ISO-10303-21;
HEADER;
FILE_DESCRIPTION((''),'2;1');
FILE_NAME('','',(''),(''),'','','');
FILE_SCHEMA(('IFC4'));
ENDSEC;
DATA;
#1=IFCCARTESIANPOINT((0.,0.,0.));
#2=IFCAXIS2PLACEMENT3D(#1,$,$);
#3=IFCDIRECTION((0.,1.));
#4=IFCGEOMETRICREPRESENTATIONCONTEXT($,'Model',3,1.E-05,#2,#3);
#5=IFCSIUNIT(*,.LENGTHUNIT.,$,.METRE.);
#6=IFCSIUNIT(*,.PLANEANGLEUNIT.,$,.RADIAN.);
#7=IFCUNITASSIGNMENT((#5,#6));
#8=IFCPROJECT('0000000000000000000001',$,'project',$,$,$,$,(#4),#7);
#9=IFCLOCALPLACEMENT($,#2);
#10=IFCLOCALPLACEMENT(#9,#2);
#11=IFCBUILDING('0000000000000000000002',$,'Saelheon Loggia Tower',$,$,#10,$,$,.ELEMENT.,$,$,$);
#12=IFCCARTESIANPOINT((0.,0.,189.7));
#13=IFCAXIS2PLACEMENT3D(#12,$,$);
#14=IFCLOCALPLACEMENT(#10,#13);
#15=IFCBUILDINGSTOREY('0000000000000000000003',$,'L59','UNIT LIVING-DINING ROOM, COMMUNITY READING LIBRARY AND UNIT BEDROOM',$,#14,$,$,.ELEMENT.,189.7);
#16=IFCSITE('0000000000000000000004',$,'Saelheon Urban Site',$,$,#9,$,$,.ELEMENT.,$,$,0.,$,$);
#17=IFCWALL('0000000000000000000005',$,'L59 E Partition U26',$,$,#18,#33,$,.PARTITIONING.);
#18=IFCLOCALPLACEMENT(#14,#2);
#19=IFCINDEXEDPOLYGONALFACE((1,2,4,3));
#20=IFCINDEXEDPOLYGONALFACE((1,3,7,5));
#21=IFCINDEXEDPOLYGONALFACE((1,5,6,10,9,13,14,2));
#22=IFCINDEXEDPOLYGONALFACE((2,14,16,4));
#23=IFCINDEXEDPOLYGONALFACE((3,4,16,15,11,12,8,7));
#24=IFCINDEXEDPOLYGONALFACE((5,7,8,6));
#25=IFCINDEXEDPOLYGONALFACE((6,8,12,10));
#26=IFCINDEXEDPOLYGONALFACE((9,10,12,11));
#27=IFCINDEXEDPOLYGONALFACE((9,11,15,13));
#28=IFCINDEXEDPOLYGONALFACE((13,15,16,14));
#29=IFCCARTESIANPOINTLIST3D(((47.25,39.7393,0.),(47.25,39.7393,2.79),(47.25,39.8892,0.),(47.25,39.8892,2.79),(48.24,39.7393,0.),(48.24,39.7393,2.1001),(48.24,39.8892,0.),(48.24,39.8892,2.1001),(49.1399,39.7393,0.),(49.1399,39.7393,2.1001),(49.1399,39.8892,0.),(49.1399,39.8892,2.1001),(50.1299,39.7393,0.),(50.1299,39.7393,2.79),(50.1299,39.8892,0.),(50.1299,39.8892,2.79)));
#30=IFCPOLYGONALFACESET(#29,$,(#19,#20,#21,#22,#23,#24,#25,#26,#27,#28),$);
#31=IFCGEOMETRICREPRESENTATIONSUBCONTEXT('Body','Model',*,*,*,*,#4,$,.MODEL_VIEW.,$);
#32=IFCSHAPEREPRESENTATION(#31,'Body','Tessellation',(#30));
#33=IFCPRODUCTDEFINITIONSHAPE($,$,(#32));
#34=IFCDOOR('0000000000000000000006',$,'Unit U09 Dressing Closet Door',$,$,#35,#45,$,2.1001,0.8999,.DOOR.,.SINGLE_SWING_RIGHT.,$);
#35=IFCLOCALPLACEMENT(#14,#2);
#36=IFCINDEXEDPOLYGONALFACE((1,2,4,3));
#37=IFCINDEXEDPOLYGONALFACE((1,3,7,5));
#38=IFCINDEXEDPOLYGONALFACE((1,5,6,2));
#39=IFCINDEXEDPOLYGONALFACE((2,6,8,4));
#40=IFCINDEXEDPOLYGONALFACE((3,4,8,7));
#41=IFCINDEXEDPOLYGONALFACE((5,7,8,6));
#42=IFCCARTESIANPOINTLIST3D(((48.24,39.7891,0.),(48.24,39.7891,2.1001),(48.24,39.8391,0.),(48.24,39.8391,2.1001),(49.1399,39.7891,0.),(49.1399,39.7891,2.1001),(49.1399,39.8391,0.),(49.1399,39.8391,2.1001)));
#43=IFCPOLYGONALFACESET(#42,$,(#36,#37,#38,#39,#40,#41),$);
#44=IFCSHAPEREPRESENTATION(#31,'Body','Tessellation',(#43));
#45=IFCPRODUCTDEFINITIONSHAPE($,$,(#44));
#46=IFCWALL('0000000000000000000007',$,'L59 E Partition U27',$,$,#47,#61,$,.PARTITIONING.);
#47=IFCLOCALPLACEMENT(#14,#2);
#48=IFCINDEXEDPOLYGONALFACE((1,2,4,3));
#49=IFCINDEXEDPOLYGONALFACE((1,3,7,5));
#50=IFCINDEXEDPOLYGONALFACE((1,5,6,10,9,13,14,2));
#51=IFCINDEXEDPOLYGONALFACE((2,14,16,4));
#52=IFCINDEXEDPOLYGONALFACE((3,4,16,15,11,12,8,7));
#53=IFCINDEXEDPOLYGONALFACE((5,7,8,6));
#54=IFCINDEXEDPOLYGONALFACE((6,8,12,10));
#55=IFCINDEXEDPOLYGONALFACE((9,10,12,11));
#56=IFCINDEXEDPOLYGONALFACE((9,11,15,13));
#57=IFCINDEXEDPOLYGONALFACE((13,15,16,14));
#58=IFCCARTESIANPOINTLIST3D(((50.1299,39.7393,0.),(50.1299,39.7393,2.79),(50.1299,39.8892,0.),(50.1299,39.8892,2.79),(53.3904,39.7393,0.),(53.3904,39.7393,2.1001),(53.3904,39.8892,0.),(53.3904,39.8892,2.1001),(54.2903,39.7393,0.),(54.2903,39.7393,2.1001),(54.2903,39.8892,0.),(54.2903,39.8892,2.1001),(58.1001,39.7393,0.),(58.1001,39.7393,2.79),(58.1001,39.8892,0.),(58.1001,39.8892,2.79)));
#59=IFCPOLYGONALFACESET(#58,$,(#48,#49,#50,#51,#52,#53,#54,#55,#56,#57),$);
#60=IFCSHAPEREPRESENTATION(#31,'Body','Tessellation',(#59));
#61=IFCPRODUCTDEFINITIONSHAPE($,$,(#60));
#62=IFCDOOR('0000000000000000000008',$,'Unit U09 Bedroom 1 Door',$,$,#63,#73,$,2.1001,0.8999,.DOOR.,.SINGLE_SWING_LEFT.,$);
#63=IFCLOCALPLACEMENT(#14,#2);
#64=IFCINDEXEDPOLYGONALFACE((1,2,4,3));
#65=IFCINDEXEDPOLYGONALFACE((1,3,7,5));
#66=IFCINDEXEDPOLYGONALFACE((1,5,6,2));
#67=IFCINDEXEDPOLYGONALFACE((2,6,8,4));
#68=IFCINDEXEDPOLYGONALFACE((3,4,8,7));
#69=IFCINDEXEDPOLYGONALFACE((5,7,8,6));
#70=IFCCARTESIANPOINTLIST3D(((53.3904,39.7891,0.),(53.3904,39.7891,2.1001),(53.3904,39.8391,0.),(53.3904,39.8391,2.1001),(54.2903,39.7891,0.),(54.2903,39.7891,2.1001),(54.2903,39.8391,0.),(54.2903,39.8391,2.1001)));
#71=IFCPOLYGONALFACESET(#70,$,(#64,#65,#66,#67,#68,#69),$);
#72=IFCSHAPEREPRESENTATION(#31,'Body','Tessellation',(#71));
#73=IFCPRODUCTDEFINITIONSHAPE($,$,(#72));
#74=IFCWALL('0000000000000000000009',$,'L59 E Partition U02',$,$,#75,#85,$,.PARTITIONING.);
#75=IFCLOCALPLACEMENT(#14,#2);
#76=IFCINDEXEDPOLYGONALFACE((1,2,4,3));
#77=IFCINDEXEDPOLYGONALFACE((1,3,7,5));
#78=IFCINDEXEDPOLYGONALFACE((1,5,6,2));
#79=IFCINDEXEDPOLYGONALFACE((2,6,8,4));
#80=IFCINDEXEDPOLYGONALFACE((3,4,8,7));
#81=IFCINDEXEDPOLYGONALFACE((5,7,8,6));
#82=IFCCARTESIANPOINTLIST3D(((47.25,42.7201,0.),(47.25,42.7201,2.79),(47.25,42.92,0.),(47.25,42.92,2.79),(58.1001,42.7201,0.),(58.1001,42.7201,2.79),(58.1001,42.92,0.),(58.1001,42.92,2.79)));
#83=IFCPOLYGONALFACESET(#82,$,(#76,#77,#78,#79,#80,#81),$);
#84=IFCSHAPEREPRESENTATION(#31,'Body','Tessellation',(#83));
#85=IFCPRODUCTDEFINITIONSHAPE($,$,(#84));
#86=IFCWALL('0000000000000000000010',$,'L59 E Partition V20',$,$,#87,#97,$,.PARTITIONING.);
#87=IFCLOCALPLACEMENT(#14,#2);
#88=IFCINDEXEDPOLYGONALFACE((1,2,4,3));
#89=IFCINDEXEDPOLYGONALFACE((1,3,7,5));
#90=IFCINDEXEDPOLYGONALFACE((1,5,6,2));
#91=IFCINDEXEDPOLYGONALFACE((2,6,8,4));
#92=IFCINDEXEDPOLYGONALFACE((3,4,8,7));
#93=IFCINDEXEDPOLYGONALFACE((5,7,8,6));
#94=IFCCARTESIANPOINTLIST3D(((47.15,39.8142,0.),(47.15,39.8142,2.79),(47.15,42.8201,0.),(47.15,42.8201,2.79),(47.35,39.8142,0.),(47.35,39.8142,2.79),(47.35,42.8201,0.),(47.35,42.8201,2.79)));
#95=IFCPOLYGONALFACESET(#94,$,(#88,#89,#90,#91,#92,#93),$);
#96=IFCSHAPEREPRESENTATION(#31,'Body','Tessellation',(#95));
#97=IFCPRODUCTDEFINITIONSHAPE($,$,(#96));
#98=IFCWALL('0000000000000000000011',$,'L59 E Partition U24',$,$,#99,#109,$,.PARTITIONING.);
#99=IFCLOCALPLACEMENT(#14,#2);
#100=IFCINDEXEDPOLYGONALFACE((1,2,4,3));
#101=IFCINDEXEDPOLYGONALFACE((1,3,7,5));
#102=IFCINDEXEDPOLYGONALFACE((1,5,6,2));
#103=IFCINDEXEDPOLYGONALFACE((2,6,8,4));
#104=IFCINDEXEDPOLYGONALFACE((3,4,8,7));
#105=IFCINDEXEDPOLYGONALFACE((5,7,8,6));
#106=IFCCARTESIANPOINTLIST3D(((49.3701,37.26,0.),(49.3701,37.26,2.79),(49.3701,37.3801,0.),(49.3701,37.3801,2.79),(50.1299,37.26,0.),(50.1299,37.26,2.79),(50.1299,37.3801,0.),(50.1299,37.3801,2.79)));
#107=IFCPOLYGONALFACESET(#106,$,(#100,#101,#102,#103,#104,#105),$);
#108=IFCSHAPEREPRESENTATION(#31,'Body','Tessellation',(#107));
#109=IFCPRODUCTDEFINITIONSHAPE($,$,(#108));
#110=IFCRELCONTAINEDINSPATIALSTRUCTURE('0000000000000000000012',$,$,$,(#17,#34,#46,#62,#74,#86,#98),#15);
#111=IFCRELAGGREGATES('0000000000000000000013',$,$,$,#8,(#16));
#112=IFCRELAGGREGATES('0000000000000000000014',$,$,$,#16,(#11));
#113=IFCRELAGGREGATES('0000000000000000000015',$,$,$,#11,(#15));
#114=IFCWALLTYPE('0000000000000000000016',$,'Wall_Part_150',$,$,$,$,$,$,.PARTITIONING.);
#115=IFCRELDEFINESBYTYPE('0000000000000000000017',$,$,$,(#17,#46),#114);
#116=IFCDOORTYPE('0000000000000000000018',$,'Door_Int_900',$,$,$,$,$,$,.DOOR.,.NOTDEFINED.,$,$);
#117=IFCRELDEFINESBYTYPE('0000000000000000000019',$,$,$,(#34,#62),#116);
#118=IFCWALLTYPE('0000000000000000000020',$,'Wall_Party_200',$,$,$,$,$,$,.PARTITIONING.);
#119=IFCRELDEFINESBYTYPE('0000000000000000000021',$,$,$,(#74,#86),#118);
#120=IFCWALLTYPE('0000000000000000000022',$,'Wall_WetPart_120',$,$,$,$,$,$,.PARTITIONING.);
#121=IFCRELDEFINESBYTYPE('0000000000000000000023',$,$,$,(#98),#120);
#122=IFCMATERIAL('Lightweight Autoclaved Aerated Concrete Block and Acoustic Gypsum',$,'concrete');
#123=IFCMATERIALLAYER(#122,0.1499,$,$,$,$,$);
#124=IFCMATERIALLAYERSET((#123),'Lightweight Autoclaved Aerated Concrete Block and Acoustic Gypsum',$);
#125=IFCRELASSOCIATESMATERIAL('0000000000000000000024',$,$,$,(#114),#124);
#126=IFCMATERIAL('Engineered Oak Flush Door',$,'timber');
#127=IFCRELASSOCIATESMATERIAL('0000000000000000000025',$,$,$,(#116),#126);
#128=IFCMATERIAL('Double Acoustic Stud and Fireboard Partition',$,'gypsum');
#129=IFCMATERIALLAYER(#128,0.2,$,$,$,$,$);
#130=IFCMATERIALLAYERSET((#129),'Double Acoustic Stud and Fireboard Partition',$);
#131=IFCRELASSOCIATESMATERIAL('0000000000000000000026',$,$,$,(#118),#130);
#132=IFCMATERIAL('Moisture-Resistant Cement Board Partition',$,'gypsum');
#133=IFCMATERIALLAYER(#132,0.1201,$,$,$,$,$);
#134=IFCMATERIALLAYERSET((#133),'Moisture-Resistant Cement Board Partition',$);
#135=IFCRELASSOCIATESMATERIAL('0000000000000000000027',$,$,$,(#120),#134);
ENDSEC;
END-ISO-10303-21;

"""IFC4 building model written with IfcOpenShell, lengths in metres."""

from ifc_helpers import new_model, si_unit, direction, frame, frame_2d, origin, place, context, subcontext, project, spatial, rectangle, extrude, source, transform, mapped, material, layer, layer_set, type_object, element, fill, save


model = new_model("IFC4")

# Units and contexts
model_context = context("Model", 3, precision=1e-05, world=origin(), true_north=direction((0.0, 1.0)))
body_context = subcontext(model_context, "Body", "Model", "MODEL_VIEW")
ifc_project = project(units=[si_unit("LENGTHUNIT", "METRE"), si_unit("PLANEANGLEUNIT", "RADIAN")], contexts=[model_context])

# Site, building, storey
site_placement = place(None, origin())
site = spatial("IfcSite", under=ifc_project, at=site_placement, Name="Saelheon Urban Site", CompositionType="ELEMENT", RefElevation=0.0)
building_placement = place(site_placement, origin())
building = spatial("IfcBuilding", under=site, at=building_placement, Name="Saelheon Loggia Tower", CompositionType="ELEMENT")
storey_placement = place(building_placement, frame((0.0, 0.0, 189.7)))
storey = spatial("IfcBuildingStorey", under=building, at=storey_placement, Name="L59", Description="UNIT LIVING-DINING ROOM, COMMUNITY READING LIBRARY AND UNIT BEDROOM", CompositionType="ELEMENT", Elevation=189.7)

# Shared definitions
ifc_material_1 = material(Name="Lightweight Autoclaved Aerated Concrete Block and Acoustic Gypsum", Category="concrete")
ifc_layer_1 = layer(ifc_material_1, 0.1499)
ifc_layer_set_1 = layer_set([ifc_layer_1], Name="Lightweight Autoclaved Aerated Concrete Block and Acoustic Gypsum")
wall_type_1 = type_object("IfcWallType", Name="Wall_Part_150", PredefinedType="PARTITIONING", material=ifc_layer_set_1)
ifc_material_2 = material(Name="Engineered Oak Flush Door", Category="timber")
door_type = type_object("IfcDoorType", Name="Door_Int_900", OperationType="NOTDEFINED", PredefinedType="DOOR", material=ifc_material_2)
shared_shape_1 = source(origin(), body_context, "Body", "SweptSolid", [
    extrude(rectangle(XDim=0.8999, YDim=2.1001, at=frame_2d((0.45, 1.05))), frame((0.0, 0.0249, 0.0), z_axis=(0.0, -1.0, 0.0), x_axis=(1.0, 0.0, 0.0)), (0.0, 0.0, 1.0), 0.05),
])

# Walls, openings, doors
wall_1_placement = place(storey_placement, frame((47.25, 39.8142, 0.0), z_axis=(0.0, 0.0, 1.0), x_axis=(1.0, 0.0, 0.0)))
wall_1 = element("IfcWall", 1, at=wall_1_placement, inside=storey, type_object=wall_type_1, Name="L59 E Partition U26", PredefinedType="PARTITIONING", context=body_context, shape_type="SweptSolid", body=[
    extrude(rectangle(XDim=2.8799, YDim=0.1499, at=frame_2d((1.4399, 0.0))), origin(), (0.0, 0.0, 1.0), 2.79),
])
opening_1_placement = place(wall_1_placement, frame((0.99, 0.0, 0.0)))
opening_1 = element("IfcOpeningElement", 2, at=opening_1_placement, cuts=wall_1, PredefinedType="OPENING", context=body_context, shape_type="SweptSolid", body=[
    extrude(rectangle(XDim=0.8999, YDim=2.1001, at=frame_2d((0.45, 1.05))), frame((0.0, 0.0869, 0.0), z_axis=(0.0, -1.0, 0.0), x_axis=(1.0, 0.0, 0.0)), (0.0, 0.0, 1.0), 0.1738),
])
door_1_placement = place(opening_1_placement, origin())
door_1 = element("IfcDoor", 3, at=door_1_placement, inside=storey, type_object=door_type, Name="Unit U09 Dressing Closet Door", OperationType="SINGLE_SWING_RIGHT", OverallHeight=2.1001, OverallWidth=0.8999, PredefinedType="DOOR", context=body_context, shape_type="MappedRepresentation", body=[
    mapped(shared_shape_1, transform((0.0, 0.0, 0.0), scale=1.0)),
])
fill(opening_1, door_1)
wall_2_placement = place(storey_placement, frame((50.1299, 39.8142, 0.0), z_axis=(0.0, 0.0, 1.0), x_axis=(1.0, 0.0, 0.0)))
wall_2 = element("IfcWall", 4, at=wall_2_placement, inside=storey, type_object=wall_type_1, Name="L59 E Partition U27", PredefinedType="PARTITIONING", context=body_context, shape_type="SweptSolid", body=[
    extrude(rectangle(XDim=7.9702, YDim=0.1499, at=frame_2d((3.9851, 0.0))), origin(), (0.0, 0.0, 1.0), 2.79),
])
opening_2_placement = place(wall_2_placement, frame((3.2605, 0.0, 0.0)))
opening_2 = element("IfcOpeningElement", 5, at=opening_2_placement, cuts=wall_2, PredefinedType="OPENING", context=body_context, shape_type="SweptSolid", body=[
    extrude(rectangle(XDim=0.8999, YDim=2.1001, at=frame_2d((0.45, 1.05))), frame((0.0, 0.0869, 0.0), z_axis=(0.0, -1.0, 0.0), x_axis=(1.0, 0.0, 0.0)), (0.0, 0.0, 1.0), 0.1738),
])
door_2_placement = place(opening_2_placement, origin())
door_2 = element("IfcDoor", 6, at=door_2_placement, inside=storey, type_object=door_type, Name="Unit U09 Bedroom 1 Door", OperationType="SINGLE_SWING_LEFT", OverallHeight=2.1001, OverallWidth=0.8999, PredefinedType="DOOR", context=body_context, shape_type="MappedRepresentation", body=[
    mapped(shared_shape_1, transform((0.0, 0.0, 0.0), scale=1.0)),
])
fill(opening_2, door_2)

# Walls
ifc_material_3 = material(Name="Double Acoustic Stud and Fireboard Partition", Category="gypsum")
ifc_layer_2 = layer(ifc_material_3, 0.2)
ifc_layer_set_2 = layer_set([ifc_layer_2], Name="Double Acoustic Stud and Fireboard Partition")
wall_type_2 = type_object("IfcWallType", Name="Wall_Party_200", PredefinedType="PARTITIONING", material=ifc_layer_set_2)
wall_3_placement = place(storey_placement, frame((47.25, 42.8201, 0.0), z_axis=(0.0, 0.0, 1.0), x_axis=(1.0, 0.0, 0.0)))
element("IfcWall", 7, at=wall_3_placement, inside=storey, type_object=wall_type_2, Name="L59 E Partition U02", PredefinedType="PARTITIONING", context=body_context, shape_type="SweptSolid", body=[
    extrude(rectangle(XDim=10.8501, YDim=0.2, at=frame_2d((5.425, 0.0))), origin(), (0.0, 0.0, 1.0), 2.79),
])
wall_4_placement = place(storey_placement, frame((47.25, 39.8142, 0.0), z_axis=(0.0, 0.0, 1.0), x_axis=(0.0, 1.0, 0.0)))
element("IfcWall", 8, at=wall_4_placement, inside=storey, type_object=wall_type_2, Name="L59 E Partition V20", PredefinedType="PARTITIONING", context=body_context, shape_type="SweptSolid", body=[
    extrude(rectangle(XDim=3.0059, YDim=0.2, at=frame_2d((1.5029, 0.0))), origin(), (0.0, 0.0, 1.0), 2.79),
])
ifc_material_4 = material(Name="Moisture-Resistant Cement Board Partition", Category="gypsum")
ifc_layer_3 = layer(ifc_material_4, 0.1201)
ifc_layer_set_3 = layer_set([ifc_layer_3], Name="Moisture-Resistant Cement Board Partition")
wall_type_3 = type_object("IfcWallType", Name="Wall_WetPart_120", PredefinedType="PARTITIONING", material=ifc_layer_set_3)
wall_5_placement = place(storey_placement, frame((49.3701, 37.3201, 0.0), z_axis=(0.0, 0.0, 1.0), x_axis=(1.0, 0.0, 0.0)))
element("IfcWall", 9, at=wall_5_placement, inside=storey, type_object=wall_type_3, Name="L59 E Partition U24", PredefinedType="PARTITIONING", context=body_context, shape_type="SweptSolid", body=[
    extrude(rectangle(XDim=0.7598, YDim=0.1201, at=frame_2d((0.3799, 0.0))), origin(), (0.0, 0.0, 1.0), 2.79),
])

save(model, "model.ifc")
